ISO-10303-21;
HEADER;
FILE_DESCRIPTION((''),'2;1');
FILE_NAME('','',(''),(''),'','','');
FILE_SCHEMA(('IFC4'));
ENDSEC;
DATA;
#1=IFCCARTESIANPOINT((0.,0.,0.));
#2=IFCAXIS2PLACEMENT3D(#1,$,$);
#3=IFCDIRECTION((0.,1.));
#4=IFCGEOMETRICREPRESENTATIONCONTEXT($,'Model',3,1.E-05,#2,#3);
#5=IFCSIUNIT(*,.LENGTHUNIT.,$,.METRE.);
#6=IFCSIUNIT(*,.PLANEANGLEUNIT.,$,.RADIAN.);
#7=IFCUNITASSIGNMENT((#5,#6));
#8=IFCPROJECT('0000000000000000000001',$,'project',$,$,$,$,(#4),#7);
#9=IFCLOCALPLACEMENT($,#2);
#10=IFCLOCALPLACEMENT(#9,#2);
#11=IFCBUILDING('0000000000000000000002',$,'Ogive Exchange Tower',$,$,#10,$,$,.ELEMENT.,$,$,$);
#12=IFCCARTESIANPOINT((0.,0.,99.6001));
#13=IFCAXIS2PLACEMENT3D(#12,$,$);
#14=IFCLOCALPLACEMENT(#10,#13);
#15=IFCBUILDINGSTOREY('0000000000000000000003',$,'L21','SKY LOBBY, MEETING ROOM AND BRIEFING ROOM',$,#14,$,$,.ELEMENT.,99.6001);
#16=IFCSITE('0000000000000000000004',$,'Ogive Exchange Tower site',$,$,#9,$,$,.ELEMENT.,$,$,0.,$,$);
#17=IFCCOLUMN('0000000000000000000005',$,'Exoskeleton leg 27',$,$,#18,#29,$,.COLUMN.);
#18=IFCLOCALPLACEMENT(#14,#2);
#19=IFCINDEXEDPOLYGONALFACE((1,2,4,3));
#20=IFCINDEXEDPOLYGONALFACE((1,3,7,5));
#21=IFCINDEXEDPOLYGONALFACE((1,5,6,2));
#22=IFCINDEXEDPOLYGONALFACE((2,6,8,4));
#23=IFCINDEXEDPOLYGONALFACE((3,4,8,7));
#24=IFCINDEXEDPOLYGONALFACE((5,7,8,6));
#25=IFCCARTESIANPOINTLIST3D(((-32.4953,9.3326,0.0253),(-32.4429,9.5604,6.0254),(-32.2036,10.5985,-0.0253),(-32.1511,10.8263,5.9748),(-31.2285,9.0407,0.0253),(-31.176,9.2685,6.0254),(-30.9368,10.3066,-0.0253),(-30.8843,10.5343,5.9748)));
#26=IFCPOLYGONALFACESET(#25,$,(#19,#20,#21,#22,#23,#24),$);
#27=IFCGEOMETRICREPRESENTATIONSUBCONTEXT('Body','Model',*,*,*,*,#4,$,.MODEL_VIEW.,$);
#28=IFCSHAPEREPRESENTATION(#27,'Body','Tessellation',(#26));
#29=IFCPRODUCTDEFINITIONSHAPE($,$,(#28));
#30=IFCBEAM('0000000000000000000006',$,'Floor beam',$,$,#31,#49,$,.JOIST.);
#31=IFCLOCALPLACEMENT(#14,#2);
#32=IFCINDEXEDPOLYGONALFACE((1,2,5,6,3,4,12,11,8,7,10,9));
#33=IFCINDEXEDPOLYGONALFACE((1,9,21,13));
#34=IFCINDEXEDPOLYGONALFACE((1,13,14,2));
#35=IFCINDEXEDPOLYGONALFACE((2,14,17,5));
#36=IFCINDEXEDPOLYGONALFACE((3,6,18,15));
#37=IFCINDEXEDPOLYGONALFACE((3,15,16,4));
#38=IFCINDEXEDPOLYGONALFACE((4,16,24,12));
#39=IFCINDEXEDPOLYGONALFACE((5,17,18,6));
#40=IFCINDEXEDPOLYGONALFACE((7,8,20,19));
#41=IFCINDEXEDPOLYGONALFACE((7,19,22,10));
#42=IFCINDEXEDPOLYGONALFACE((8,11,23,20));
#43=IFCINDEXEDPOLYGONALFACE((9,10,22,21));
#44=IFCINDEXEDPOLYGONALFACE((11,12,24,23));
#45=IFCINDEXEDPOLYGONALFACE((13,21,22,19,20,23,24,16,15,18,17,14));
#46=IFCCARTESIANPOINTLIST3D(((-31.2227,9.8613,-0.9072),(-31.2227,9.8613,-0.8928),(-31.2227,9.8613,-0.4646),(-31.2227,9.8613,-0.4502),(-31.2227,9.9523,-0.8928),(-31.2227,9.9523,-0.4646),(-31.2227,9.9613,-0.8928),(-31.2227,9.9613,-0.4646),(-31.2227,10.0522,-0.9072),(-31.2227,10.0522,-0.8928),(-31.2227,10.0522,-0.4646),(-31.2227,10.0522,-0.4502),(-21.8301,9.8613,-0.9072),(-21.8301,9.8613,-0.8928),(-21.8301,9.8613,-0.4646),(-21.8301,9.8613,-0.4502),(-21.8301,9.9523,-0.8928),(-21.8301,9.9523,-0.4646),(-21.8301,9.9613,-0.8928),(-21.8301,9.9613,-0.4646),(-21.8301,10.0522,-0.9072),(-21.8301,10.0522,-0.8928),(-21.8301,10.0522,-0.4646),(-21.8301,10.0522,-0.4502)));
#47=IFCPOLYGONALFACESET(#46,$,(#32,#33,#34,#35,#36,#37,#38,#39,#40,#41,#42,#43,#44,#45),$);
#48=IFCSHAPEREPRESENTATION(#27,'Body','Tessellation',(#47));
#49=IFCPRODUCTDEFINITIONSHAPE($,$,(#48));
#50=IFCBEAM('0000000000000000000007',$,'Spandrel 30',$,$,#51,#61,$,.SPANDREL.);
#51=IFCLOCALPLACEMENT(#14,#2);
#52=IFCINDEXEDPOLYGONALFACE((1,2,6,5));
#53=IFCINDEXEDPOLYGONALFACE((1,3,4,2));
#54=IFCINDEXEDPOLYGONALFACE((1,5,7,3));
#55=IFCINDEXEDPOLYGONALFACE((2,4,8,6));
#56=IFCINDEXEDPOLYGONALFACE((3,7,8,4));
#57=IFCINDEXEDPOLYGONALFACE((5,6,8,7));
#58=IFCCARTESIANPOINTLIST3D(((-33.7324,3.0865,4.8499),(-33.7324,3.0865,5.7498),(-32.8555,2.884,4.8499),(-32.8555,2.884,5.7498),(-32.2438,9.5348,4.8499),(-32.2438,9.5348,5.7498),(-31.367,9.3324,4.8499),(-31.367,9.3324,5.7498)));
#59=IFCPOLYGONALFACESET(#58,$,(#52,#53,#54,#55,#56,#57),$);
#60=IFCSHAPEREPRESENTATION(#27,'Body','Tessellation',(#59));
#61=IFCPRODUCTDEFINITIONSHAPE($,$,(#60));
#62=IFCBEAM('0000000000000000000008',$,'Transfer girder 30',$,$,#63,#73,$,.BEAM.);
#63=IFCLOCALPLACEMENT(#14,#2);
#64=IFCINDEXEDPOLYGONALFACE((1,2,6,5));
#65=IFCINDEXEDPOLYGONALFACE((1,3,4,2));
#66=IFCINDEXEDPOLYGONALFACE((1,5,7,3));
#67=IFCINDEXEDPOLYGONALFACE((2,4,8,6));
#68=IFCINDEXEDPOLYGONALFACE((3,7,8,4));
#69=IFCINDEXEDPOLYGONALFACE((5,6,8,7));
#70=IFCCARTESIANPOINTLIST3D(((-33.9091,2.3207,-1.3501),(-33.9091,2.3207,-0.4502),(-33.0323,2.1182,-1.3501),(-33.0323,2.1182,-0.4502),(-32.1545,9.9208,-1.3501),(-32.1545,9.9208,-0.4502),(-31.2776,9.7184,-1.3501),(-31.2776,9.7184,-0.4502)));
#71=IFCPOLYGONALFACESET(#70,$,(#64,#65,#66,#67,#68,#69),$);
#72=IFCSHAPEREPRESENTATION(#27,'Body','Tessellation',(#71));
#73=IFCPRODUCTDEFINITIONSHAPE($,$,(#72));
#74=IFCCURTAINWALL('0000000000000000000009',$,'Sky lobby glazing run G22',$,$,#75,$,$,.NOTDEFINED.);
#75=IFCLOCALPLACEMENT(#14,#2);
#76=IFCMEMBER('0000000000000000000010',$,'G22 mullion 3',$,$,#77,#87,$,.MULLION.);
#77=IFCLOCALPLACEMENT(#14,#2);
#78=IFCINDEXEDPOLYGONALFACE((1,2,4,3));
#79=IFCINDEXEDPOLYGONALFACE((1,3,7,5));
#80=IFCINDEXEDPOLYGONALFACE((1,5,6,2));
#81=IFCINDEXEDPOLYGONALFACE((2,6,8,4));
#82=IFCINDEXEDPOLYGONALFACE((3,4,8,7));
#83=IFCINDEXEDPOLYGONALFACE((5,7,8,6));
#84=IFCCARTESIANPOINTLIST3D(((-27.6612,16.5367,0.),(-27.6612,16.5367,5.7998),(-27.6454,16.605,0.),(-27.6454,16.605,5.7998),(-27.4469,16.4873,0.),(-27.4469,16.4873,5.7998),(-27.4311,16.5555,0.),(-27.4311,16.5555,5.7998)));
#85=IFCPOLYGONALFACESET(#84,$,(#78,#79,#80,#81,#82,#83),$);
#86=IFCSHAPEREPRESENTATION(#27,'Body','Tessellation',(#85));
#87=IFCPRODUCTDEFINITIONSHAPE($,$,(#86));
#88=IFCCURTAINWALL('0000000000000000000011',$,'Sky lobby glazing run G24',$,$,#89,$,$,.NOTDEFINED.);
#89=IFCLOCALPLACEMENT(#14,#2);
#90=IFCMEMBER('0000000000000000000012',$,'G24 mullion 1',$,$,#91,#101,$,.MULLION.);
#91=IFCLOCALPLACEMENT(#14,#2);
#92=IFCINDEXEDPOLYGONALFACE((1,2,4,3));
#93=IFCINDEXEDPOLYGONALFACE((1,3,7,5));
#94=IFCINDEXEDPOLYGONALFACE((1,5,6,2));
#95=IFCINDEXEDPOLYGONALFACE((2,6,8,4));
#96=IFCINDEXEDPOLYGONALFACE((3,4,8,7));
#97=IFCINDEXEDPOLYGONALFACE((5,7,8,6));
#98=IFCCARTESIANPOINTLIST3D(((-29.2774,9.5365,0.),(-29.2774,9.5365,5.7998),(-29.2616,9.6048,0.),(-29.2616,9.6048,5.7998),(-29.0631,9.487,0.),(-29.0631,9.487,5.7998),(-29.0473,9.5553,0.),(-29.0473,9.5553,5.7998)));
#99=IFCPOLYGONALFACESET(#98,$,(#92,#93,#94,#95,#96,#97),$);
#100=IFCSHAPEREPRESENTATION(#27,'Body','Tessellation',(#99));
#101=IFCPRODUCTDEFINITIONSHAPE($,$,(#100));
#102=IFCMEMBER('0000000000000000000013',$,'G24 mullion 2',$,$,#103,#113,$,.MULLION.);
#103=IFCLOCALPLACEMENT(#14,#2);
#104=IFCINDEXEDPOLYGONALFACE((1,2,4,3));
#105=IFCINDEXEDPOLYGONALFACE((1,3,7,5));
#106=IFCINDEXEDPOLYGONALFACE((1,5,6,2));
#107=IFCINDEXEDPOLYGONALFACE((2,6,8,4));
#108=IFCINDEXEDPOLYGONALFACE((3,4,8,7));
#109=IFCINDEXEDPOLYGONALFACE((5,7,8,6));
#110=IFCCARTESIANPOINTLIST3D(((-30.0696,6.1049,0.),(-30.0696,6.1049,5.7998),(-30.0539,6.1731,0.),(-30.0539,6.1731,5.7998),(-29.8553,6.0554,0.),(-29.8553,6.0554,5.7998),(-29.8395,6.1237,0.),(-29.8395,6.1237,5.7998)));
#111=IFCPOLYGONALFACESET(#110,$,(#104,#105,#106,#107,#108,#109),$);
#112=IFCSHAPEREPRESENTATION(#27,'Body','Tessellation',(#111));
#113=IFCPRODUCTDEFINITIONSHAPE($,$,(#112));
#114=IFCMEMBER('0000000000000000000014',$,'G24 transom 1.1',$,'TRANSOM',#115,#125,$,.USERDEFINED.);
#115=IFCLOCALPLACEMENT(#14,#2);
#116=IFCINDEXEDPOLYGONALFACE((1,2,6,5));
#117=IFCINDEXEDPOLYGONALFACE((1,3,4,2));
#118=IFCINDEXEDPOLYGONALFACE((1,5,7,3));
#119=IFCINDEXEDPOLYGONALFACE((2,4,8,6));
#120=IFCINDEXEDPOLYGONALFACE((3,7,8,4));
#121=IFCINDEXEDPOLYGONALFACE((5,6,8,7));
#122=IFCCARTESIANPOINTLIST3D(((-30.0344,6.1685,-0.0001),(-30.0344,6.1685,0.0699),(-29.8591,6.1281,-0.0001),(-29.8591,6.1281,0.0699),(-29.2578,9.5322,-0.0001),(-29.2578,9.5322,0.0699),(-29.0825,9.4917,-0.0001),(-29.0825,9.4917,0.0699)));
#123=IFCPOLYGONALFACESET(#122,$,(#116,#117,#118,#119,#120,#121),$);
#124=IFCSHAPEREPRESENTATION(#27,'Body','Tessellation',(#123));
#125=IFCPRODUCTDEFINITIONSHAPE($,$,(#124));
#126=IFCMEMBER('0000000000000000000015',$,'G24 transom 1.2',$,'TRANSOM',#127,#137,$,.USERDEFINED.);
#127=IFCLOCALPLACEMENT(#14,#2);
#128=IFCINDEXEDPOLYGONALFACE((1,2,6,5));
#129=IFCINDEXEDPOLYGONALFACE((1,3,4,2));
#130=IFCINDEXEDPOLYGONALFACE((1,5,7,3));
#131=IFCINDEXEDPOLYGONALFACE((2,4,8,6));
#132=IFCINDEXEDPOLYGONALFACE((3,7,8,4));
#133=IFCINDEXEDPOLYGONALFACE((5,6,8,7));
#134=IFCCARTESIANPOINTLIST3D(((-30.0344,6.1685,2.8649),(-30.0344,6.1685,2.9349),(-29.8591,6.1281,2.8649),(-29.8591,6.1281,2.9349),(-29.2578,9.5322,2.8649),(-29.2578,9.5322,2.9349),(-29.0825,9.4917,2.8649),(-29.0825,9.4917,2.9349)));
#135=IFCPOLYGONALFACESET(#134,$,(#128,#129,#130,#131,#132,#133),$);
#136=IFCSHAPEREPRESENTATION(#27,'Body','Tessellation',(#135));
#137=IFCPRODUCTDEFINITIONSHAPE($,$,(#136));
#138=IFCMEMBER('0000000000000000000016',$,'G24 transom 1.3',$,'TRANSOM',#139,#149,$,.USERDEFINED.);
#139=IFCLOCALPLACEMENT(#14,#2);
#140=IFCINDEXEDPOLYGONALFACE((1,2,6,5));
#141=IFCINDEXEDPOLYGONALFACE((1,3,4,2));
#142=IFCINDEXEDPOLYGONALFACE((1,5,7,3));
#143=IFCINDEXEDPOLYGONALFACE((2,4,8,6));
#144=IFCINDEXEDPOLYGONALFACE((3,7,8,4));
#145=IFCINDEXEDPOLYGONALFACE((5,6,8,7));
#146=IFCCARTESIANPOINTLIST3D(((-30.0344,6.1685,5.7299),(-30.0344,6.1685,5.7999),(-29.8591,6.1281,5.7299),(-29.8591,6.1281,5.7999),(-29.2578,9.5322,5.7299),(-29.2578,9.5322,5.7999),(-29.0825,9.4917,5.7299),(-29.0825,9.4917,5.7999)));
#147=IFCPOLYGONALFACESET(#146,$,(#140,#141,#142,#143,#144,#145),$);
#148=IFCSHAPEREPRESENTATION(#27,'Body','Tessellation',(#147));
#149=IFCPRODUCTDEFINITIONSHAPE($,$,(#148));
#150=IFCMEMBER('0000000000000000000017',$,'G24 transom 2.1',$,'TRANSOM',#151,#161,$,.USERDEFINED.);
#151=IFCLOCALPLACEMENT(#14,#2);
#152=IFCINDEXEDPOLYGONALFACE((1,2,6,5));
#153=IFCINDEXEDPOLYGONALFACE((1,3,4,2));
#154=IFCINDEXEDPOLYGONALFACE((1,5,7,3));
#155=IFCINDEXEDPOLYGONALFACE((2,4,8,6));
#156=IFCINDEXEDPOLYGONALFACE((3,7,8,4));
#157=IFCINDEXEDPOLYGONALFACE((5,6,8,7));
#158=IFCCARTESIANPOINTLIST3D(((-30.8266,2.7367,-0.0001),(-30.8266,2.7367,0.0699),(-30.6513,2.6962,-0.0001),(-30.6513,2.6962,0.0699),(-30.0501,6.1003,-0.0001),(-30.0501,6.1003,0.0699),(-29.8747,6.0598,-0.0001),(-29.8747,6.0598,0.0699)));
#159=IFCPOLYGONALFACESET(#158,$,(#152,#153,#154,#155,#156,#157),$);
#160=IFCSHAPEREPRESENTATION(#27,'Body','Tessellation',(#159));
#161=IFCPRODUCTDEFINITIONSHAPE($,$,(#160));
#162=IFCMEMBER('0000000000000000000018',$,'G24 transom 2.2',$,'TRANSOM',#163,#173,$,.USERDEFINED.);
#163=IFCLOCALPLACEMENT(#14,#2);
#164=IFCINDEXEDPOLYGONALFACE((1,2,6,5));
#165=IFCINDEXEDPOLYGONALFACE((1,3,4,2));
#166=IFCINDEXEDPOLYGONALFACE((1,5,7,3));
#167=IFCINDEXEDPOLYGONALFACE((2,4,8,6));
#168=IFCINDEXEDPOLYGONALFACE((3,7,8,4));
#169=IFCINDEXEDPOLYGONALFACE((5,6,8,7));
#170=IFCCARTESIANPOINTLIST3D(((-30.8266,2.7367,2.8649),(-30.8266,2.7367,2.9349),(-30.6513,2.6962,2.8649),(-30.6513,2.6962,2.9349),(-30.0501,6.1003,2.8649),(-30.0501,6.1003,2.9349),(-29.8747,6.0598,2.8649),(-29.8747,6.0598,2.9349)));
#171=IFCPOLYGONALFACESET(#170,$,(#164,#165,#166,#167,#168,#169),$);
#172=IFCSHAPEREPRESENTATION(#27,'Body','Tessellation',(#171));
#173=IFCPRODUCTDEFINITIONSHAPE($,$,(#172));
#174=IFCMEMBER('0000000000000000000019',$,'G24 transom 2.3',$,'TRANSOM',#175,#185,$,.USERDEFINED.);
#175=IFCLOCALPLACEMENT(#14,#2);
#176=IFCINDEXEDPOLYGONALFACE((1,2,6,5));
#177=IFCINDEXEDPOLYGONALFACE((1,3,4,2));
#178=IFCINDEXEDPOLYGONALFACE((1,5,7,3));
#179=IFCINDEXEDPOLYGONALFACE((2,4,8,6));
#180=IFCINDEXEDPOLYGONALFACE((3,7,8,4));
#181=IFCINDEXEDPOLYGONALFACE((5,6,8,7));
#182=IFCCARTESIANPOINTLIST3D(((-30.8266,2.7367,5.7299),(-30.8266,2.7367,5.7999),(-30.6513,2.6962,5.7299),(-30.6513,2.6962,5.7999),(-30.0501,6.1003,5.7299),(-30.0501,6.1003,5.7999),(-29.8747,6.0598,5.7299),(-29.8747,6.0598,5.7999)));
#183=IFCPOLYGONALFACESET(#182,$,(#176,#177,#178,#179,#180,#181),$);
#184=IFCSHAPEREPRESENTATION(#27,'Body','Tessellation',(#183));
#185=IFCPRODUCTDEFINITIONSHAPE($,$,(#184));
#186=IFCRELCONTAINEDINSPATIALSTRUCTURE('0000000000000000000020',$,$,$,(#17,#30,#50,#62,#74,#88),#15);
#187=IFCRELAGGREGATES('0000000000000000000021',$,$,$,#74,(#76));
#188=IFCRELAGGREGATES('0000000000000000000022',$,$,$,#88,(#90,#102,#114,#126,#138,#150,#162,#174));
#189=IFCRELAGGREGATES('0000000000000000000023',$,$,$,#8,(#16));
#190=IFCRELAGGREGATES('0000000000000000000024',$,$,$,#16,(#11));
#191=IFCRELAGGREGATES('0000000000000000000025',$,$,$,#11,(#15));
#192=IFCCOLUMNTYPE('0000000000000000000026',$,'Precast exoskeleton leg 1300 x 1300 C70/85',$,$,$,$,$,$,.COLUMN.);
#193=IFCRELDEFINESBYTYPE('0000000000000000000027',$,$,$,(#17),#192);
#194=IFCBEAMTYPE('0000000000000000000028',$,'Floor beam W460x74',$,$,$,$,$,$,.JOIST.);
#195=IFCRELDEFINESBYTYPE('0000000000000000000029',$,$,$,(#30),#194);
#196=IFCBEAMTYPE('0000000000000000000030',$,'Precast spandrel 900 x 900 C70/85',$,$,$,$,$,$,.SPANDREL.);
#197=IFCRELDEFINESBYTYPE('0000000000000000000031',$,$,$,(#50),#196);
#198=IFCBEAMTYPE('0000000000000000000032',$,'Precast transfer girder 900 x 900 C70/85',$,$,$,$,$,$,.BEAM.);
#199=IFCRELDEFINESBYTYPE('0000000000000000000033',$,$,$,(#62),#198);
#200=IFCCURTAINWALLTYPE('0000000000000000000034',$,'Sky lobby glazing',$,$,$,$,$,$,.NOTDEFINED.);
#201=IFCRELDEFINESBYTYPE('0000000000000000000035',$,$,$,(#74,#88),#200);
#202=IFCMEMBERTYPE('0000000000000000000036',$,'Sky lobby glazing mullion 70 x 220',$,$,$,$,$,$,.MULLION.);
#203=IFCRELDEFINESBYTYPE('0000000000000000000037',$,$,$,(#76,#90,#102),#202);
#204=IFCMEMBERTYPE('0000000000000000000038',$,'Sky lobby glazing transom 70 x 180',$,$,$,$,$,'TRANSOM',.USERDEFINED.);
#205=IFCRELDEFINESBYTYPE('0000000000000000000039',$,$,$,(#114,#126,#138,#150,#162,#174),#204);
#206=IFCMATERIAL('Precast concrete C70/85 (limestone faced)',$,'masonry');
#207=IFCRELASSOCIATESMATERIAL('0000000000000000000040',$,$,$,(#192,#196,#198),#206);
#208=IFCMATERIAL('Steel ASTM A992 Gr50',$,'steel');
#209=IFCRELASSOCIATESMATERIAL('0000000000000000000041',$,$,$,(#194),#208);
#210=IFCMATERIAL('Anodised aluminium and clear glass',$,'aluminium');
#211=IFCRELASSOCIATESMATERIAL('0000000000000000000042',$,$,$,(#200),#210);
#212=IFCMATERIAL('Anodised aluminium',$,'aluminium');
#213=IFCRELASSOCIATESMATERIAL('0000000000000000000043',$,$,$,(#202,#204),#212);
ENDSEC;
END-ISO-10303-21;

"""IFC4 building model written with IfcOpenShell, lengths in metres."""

from ifc_helpers import new_model, si_unit, direction, frame, origin, origin_2d, place, context, subcontext, project, spatial, rectangle, i_section, extrude, material, material_profile, profile_set, type_object, element, aggregate, save


model = new_model("IFC4")

# Units and contexts
model_context = context("Model", 3, precision=1e-05, world=origin(), true_north=direction((0.0, 1.0)))
body_context = subcontext(model_context, "Body", "Model", "MODEL_VIEW")
ifc_project = project(units=[si_unit("LENGTHUNIT", "METRE"), si_unit("PLANEANGLEUNIT", "RADIAN")], contexts=[model_context])

# Site, building, storey
site_placement = place(None, origin())
site = spatial("IfcSite", under=ifc_project, at=site_placement, Name="Ogive Exchange Tower site", CompositionType="ELEMENT", RefElevation=0.0)
building_placement = place(site_placement, origin())
building = spatial("IfcBuilding", under=site, at=building_placement, Name="Ogive Exchange Tower", CompositionType="ELEMENT")
storey_placement = place(building_placement, frame((0.0, 0.0, 99.6001)))
storey = spatial("IfcBuildingStorey", under=building, at=storey_placement, Name="L21", Description="SKY LOBBY, MEETING ROOM AND BRIEFING ROOM", CompositionType="ELEMENT", Elevation=99.6001)

# Column
ifc_material_1 = material(Name="Precast concrete C70/85 (limestone faced)", Category="masonry")
ifc_material_profile_1 = material_profile(ifc_material_1, rectangle(XDim=1.3, YDim=1.3, at=origin_2d()), Name="1300 x 1300")
ifc_profile_set_1 = profile_set([ifc_material_profile_1], Name="Precast concrete C70/85 (limestone faced)")
column_type = type_object("IfcColumnType", Name="Precast exoskeleton leg 1300 x 1300 C70/85", PredefinedType="COLUMN", material=ifc_profile_set_1)
column_placement = place(storey_placement, frame((-31.7161, 9.8196, 0.0), z_axis=(0.008742, 0.037935, 0.999242), x_axis=(-0.974462, 0.224554, 0.0)))
element("IfcColumn", 1, at=column_placement, inside=storey, type_object=column_type, Name="Exoskeleton leg 27", PredefinedType="COLUMN", context=body_context, shape_type="SweptSolid", body=[
    extrude(rectangle(XDim=1.3, YDim=1.3, at=origin_2d()), origin(), (0.0, 0.0, 1.0), 6.0046),
])

# Beams
ifc_material_2 = material(Name="Steel ASTM A992 Gr50", Category="steel")
ifc_material_profile_2 = material_profile(ifc_material_2, i_section(OverallWidth=0.1909, OverallDepth=0.457, WebThickness=0.009, FlangeThickness=0.0144, at=origin_2d()), Name="W460x74")
ifc_profile_set_2 = profile_set([ifc_material_profile_2], Name="Steel ASTM A992 Gr50")
beam_type_1 = type_object("IfcBeamType", Name="Floor beam W460x74", PredefinedType="JOIST", material=ifc_profile_set_2)
beam_1_placement = place(storey_placement, frame((-31.2227, 9.9568, -0.6787), z_axis=(1.0, 0.0, 0.0), x_axis=(0.0, 1.0, 0.0)))
element("IfcBeam", 2, at=beam_1_placement, inside=storey, type_object=beam_type_1, Name="Floor beam", PredefinedType="JOIST", context=body_context, shape_type="SweptSolid", body=[
    extrude(i_section(OverallWidth=0.1909, OverallDepth=0.457, WebThickness=0.009, FlangeThickness=0.0144, at=origin_2d()), origin(), (0.0, 0.0, 1.0), 9.3926),
])
ifc_material_profile_3 = material_profile(ifc_material_1, rectangle(XDim=0.8999, YDim=0.8999, at=origin_2d()), Name="900 x 900")
ifc_profile_set_3 = profile_set([ifc_material_profile_3], Name="Precast concrete C70/85 (limestone faced)")
beam_type_2 = type_object("IfcBeamType", Name="Precast spandrel 900 x 900 C70/85", PredefinedType="SPANDREL", material=ifc_profile_set_3)
beam_2_placement = place(storey_placement, frame((-31.8054, 9.4336, 5.2998), z_axis=(-0.224927, -0.974376, 0.0), x_axis=(0.974376, -0.224927, 0.0)))
element("IfcBeam", 3, at=beam_2_placement, inside=storey, type_object=beam_type_2, Name="Spandrel 30", PredefinedType="SPANDREL", context=body_context, shape_type="SweptSolid", body=[
    extrude(rectangle(XDim=0.8999, YDim=0.8999, at=origin_2d()), origin(), (0.0, 0.0, 1.0), 6.6179),
])
ifc_material_profile_4 = material_profile(ifc_material_1, rectangle(XDim=0.8999, YDim=0.8999, at=origin_2d()), Name="900 x 900")
ifc_profile_set_4 = profile_set([ifc_material_profile_4], Name="Precast concrete C70/85 (limestone faced)")
beam_type_3 = type_object("IfcBeamType", Name="Precast transfer girder 900 x 900 C70/85", PredefinedType="BEAM", material=ifc_profile_set_4)
beam_3_placement = place(storey_placement, frame((-31.7161, 9.8196, -0.9001), z_axis=(-0.224953, -0.97437, 0.0), x_axis=(0.97437, -0.224953, 0.0)))
element("IfcBeam", 4, at=beam_3_placement, inside=storey, type_object=beam_type_3, Name="Transfer girder 30", PredefinedType="BEAM", context=body_context, shape_type="SweptSolid", body=[
    extrude(rectangle(XDim=0.8999, YDim=0.8999, at=origin_2d()), origin(), (0.0, 0.0, 1.0), 7.8),
])

# Curtain wall, member
ifc_material_3 = material(Name="Anodised aluminium and clear glass", Category="aluminium")
curtain_wall_type = type_object("IfcCurtainWallType", Name="Sky lobby glazing", PredefinedType="NOTDEFINED", material=ifc_material_3)
curtain_wall_1_placement = place(storey_placement, origin())
curtain_wall_1 = element("IfcCurtainWall", 5, at=curtain_wall_1_placement, inside=storey, type_object=curtain_wall_type, Name="Sky lobby glazing run G22", PredefinedType="NOTDEFINED")
ifc_material_4 = material(Name="Anodised aluminium", Category="aluminium")
ifc_material_profile_5 = material_profile(ifc_material_4, rectangle(XDim=0.22, YDim=0.0701, at=origin_2d()), Name="AL 70x220")
ifc_profile_set_5 = profile_set([ifc_material_profile_5], Name="Anodised aluminium")
member_type_1 = type_object("IfcMemberType", Name="Sky lobby glazing mullion 70 x 220", PredefinedType="MULLION", material=ifc_profile_set_5)
member_1_placement = place(storey_placement, frame((-27.5461, 16.5461, 0.0), z_axis=(0.0, 0.0, 1.0), x_axis=(0.974369, -0.224954, 0.0)))
member_1 = element("IfcMember", 6, at=member_1_placement, type_object=member_type_1, Name="G22 mullion 3", PredefinedType="MULLION", context=body_context, shape_type="SweptSolid", body=[
    extrude(rectangle(XDim=0.22, YDim=0.0701, at=origin_2d()), origin(), (0.0, 0.0, 1.0), 5.7998),
])
aggregate(curtain_wall_1, [member_1])

# Curtain wall, members
curtain_wall_2_placement = place(storey_placement, origin())
curtain_wall_2 = element("IfcCurtainWall", 7, at=curtain_wall_2_placement, inside=storey, type_object=curtain_wall_type, Name="Sky lobby glazing run G24", PredefinedType="NOTDEFINED")
member_2_placement = place(storey_placement, frame((-29.1624, 9.5459, 0.0), z_axis=(0.0, 0.0, 1.0), x_axis=(0.974372, -0.224944, 0.0)))
member_2 = element("IfcMember", 8, at=member_2_placement, type_object=member_type_1, Name="G24 mullion 1", PredefinedType="MULLION", context=body_context, shape_type="SweptSolid", body=[
    extrude(rectangle(XDim=0.22, YDim=0.0701, at=origin_2d()), origin(), (0.0, 0.0, 1.0), 5.7998),
])
member_3_placement = place(storey_placement, frame((-29.9546, 6.1143, 0.0), z_axis=(0.0, 0.0, 1.0), x_axis=(0.974372, -0.224944, 0.0)))
member_3 = element("IfcMember", 9, at=member_3_placement, type_object=member_type_1, Name="G24 mullion 2", PredefinedType="MULLION", context=body_context, shape_type="SweptSolid", body=[
    extrude(rectangle(XDim=0.22, YDim=0.0701, at=origin_2d()), origin(), (0.0, 0.0, 1.0), 5.7998),
])
ifc_material_profile_6 = material_profile(ifc_material_4, rectangle(XDim=0.1799, YDim=0.0701, at=origin_2d()), Name="AL 70x180")
ifc_profile_set_6 = profile_set([ifc_material_profile_6], Name="Anodised aluminium")
member_type_2 = type_object("IfcMemberType", Name="Sky lobby glazing transom 70 x 180", ElementType="TRANSOM", PredefinedType="USERDEFINED", material=ifc_profile_set_6)
member_4_placement = place(storey_placement, frame((-29.1702, 9.512, 0.0349), z_axis=(-0.224958, -0.974369, 0.0), x_axis=(0.974369, -0.224958, 0.0)))
member_4 = element("IfcMember", 10, at=member_4_placement, type_object=member_type_2, Name="G24 transom 1.1", ObjectType="TRANSOM", PredefinedType="USERDEFINED", context=body_context, shape_type="SweptSolid", body=[
    extrude(rectangle(XDim=0.1799, YDim=0.0701, at=origin_2d()), origin(), (0.0, 0.0, 1.0), 3.4521),
])
member_5_placement = place(storey_placement, frame((-29.1702, 9.512, 2.8999), z_axis=(-0.224958, -0.974369, 0.0), x_axis=(0.974369, -0.224958, 0.0)))
member_5 = element("IfcMember", 11, at=member_5_placement, type_object=member_type_2, Name="G24 transom 1.2", ObjectType="TRANSOM", PredefinedType="USERDEFINED", context=body_context, shape_type="SweptSolid", body=[
    extrude(rectangle(XDim=0.1799, YDim=0.0701, at=origin_2d()), origin(), (0.0, 0.0, 1.0), 3.4521),
])
member_6_placement = place(storey_placement, frame((-29.1702, 9.512, 5.7649), z_axis=(-0.224958, -0.974369, 0.0), x_axis=(0.974369, -0.224958, 0.0)))
member_6 = element("IfcMember", 12, at=member_6_placement, type_object=member_type_2, Name="G24 transom 1.3", ObjectType="TRANSOM", PredefinedType="USERDEFINED", context=body_context, shape_type="SweptSolid", body=[
    extrude(rectangle(XDim=0.1799, YDim=0.0701, at=origin_2d()), origin(), (0.0, 0.0, 1.0), 3.4521),
])
member_7_placement = place(storey_placement, frame((-29.9624, 6.0801, 0.0349), z_axis=(-0.224958, -0.974369, 0.0), x_axis=(0.974369, -0.224958, 0.0)))
member_7 = element("IfcMember", 13, at=member_7_placement, type_object=member_type_2, Name="G24 transom 2.1", ObjectType="TRANSOM", PredefinedType="USERDEFINED", context=body_context, shape_type="SweptSolid", body=[
    extrude(rectangle(XDim=0.1799, YDim=0.0701, at=origin_2d()), origin(), (0.0, 0.0, 1.0), 3.4521),
])
member_8_placement = place(storey_placement, frame((-29.9624, 6.0801, 2.8999), z_axis=(-0.224958, -0.974369, 0.0), x_axis=(0.974369, -0.224958, 0.0)))
member_8 = element("IfcMember", 14, at=member_8_placement, type_object=member_type_2, Name="G24 transom 2.2", ObjectType="TRANSOM", PredefinedType="USERDEFINED", context=body_context, shape_type="SweptSolid", body=[
    extrude(rectangle(XDim=0.1799, YDim=0.0701, at=origin_2d()), origin(), (0.0, 0.0, 1.0), 3.4521),
])
member_9_placement = place(storey_placement, frame((-29.9624, 6.0801, 5.7649), z_axis=(-0.224958, -0.974369, 0.0), x_axis=(0.974369, -0.224958, 0.0)))
member_9 = element("IfcMember", 15, at=member_9_placement, type_object=member_type_2, Name="G24 transom 2.3", ObjectType="TRANSOM", PredefinedType="USERDEFINED", context=body_context, shape_type="SweptSolid", body=[
    extrude(rectangle(XDim=0.1799, YDim=0.0701, at=origin_2d()), origin(), (0.0, 0.0, 1.0), 3.4521),
])
aggregate(curtain_wall_2, [member_2, member_3, member_4, member_5, member_6, member_7, member_8, member_9])

save(model, "model.ifc")
